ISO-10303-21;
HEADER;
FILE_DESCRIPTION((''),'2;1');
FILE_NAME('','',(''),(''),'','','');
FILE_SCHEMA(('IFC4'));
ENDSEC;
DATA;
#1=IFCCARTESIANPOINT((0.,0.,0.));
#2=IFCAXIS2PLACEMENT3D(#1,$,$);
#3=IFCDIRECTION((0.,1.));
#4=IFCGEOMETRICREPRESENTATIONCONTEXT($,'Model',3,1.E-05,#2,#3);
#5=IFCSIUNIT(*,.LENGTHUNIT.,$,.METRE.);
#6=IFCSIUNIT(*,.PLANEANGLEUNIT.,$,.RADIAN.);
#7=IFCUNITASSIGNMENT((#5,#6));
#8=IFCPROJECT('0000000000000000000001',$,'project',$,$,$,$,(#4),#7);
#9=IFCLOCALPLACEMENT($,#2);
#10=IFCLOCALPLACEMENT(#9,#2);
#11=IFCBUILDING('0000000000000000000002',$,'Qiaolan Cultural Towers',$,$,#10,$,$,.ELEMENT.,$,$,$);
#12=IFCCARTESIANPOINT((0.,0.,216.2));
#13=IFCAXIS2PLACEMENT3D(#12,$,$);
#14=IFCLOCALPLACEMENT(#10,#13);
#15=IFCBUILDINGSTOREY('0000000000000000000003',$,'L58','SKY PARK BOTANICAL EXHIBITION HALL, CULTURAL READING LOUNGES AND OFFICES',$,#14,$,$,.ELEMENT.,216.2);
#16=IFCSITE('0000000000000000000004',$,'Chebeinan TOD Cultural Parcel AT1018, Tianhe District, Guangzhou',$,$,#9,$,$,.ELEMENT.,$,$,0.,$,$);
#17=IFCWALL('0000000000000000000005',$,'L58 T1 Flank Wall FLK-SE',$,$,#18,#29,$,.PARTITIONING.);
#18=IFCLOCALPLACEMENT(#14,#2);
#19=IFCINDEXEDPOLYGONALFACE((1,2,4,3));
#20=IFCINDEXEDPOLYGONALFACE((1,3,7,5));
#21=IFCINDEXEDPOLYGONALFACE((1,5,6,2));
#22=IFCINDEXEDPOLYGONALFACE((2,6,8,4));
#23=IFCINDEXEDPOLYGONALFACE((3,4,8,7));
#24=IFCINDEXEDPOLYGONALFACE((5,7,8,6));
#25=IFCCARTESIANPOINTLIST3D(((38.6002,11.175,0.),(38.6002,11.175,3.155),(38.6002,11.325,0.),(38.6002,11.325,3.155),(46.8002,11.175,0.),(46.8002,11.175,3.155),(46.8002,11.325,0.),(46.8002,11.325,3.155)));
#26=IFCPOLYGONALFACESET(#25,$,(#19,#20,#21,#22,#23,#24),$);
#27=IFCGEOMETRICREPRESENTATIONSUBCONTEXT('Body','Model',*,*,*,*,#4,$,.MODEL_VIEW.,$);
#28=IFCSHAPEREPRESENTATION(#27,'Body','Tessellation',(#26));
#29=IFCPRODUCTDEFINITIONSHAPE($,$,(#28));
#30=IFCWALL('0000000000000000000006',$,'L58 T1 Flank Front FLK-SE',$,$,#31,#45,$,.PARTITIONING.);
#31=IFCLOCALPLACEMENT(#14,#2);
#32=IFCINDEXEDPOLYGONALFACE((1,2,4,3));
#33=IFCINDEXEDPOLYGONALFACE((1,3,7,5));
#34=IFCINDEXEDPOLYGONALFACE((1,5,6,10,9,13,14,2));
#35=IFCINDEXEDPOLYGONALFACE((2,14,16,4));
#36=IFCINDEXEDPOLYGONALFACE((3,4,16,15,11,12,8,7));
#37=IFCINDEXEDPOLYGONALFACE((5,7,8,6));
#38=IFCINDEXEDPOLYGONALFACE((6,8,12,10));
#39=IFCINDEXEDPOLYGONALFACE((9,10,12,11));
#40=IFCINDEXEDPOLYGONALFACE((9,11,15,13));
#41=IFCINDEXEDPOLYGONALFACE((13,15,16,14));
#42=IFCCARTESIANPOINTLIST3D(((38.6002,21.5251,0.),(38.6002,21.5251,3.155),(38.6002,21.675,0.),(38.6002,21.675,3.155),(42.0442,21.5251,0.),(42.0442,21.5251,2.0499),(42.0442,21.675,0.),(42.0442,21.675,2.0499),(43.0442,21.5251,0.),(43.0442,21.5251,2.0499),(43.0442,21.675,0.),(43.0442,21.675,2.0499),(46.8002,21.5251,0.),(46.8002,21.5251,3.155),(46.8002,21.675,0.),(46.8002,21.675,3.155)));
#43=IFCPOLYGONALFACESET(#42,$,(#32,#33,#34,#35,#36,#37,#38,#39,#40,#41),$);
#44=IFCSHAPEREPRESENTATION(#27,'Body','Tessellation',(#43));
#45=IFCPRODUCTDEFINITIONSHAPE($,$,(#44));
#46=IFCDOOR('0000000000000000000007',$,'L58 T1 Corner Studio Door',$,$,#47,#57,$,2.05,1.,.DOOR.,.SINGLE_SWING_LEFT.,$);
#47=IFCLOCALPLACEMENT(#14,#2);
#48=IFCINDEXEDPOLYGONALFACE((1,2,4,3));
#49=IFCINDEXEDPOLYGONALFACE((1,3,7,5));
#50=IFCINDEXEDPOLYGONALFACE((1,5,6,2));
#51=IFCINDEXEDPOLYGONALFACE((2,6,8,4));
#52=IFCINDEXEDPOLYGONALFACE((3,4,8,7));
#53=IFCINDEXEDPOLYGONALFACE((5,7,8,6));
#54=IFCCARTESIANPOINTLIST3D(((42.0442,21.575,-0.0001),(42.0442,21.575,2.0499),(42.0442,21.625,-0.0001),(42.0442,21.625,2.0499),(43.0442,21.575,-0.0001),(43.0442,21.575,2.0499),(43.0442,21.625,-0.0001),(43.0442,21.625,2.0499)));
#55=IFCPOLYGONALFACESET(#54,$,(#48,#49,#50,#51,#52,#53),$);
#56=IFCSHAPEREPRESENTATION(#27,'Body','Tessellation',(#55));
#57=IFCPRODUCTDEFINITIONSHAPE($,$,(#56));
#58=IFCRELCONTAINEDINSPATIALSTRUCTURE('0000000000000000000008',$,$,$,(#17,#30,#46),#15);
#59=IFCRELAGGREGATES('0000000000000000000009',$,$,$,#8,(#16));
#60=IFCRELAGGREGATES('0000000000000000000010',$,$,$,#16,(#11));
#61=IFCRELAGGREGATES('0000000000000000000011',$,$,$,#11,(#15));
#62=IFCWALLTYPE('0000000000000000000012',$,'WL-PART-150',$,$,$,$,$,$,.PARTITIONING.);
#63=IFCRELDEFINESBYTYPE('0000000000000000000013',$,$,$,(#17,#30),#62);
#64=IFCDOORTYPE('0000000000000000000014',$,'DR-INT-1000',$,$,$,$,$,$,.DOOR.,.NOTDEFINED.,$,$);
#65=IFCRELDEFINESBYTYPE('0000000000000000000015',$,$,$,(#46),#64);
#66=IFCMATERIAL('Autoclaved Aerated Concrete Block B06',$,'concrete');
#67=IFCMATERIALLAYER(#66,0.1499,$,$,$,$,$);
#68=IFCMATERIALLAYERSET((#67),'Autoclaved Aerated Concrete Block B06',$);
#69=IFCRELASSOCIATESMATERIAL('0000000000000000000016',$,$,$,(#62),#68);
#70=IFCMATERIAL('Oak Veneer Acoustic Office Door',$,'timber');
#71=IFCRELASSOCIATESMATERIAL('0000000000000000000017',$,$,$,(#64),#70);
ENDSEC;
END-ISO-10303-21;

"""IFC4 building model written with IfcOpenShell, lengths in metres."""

from ifc_helpers import new_model, si_unit, direction, frame, frame_2d, origin, place, context, subcontext, project, spatial, rectangle, extrude, material, layer, layer_set, type_object, element, fill, save


model = new_model("IFC4")

# Units and contexts
model_context = context("Model", 3, precision=1e-05, world=origin(), true_north=direction((0.0, 1.0)))
body_context = subcontext(model_context, "Body", "Model", "MODEL_VIEW")
ifc_project = project(units=[si_unit("LENGTHUNIT", "METRE"), si_unit("PLANEANGLEUNIT", "RADIAN")], contexts=[model_context])

# Site, building, storey
site_placement = place(None, origin())
site = spatial("IfcSite", under=ifc_project, at=site_placement, Name="Chebeinan TOD Cultural Parcel AT1018, Tianhe District, Guangzhou", CompositionType="ELEMENT", RefElevation=0.0)
building_placement = place(site_placement, origin())
building = spatial("IfcBuilding", under=site, at=building_placement, Name="Qiaolan Cultural Towers", CompositionType="ELEMENT")
storey_placement = place(building_placement, frame((0.0, 0.0, 216.2)))
storey = spatial("IfcBuildingStorey", under=building, at=storey_placement, Name="L58", Description="SKY PARK BOTANICAL EXHIBITION HALL, CULTURAL READING LOUNGES AND OFFICES", CompositionType="ELEMENT", Elevation=216.2)

# Shared definitions
ifc_material_1 = material(Name="Autoclaved Aerated Concrete Block B06", Category="concrete")
ifc_layer_1 = layer(ifc_material_1, 0.1499)
ifc_layer_set_1 = layer_set([ifc_layer_1], Name="Autoclaved Aerated Concrete Block B06")
wall_type_1 = type_object("IfcWallType", Name="WL-PART-150", PredefinedType="PARTITIONING", material=ifc_layer_set_1)

# Wall
wall_1_placement = place(storey_placement, frame((38.6001, 11.25, 0.0), z_axis=(0.0, 0.0, 1.0), x_axis=(1.0, 0.0, 0.0)))
element("IfcWall", 1, at=wall_1_placement, inside=storey, type_object=wall_type_1, Name="L58 T1 Flank Wall FLK-SE", PredefinedType="PARTITIONING", context=body_context, shape_type="SweptSolid", body=[
    extrude(rectangle(XDim=8.2, YDim=0.1499, at=frame_2d((4.1001, 0.0))), origin(), (0.0, 0.0, 1.0), 3.155),
])

# Wall, opening, door
wall_2_placement = place(storey_placement, frame((38.6001, 21.6001, 0.0), z_axis=(0.0, 0.0, 1.0), x_axis=(1.0, 0.0, 0.0)))
wall_2 = element("IfcWall", 2, at=wall_2_placement, inside=storey, type_object=wall_type_1, Name="L58 T1 Flank Front FLK-SE", PredefinedType="PARTITIONING", context=body_context, shape_type="SweptSolid", body=[
    extrude(rectangle(XDim=8.2, YDim=0.1499, at=frame_2d((4.1001, 0.0))), origin(), (0.0, 0.0, 1.0), 3.155),
])
opening_1_placement = place(wall_2_placement, frame((3.4441, 0.0, 0.0)))
opening_1 = element("IfcOpeningElement", 3, at=opening_1_placement, cuts=wall_2, PredefinedType="OPENING", context=body_context, shape_type="SweptSolid", body=[
    extrude(rectangle(XDim=1.0, YDim=2.05, at=frame_2d((0.5, 1.0249))), frame((0.0, 0.085, 0.0), z_axis=(0.0, -1.0, 0.0), x_axis=(1.0, 0.0, 0.0)), (0.0, 0.0, 1.0), 0.1699),
])
ifc_material_2 = material(Name="Oak Veneer Acoustic Office Door", Category="timber")
door_type_1 = type_object("IfcDoorType", Name="DR-INT-1000", OperationType="NOTDEFINED", PredefinedType="DOOR", material=ifc_material_2)
door_1_placement = place(opening_1_placement, origin())
door_1 = element("IfcDoor", 4, at=door_1_placement, inside=storey, type_object=door_type_1, Name="L58 T1 Corner Studio Door", OperationType="SINGLE_SWING_LEFT", OverallHeight=2.05, OverallWidth=1.0, PredefinedType="DOOR", context=body_context, shape_type="SweptSolid", body=[
    extrude(rectangle(XDim=1.0, YDim=2.05, at=frame_2d((0.5, 1.0249))), frame((0.0, 0.0249, 0.0), z_axis=(0.0, -1.0, 0.0), x_axis=(1.0, 0.0, 0.0)), (0.0, 0.0, 1.0), 0.05),
])
fill(opening_1, door_1)

save(model, "model.ifc")
